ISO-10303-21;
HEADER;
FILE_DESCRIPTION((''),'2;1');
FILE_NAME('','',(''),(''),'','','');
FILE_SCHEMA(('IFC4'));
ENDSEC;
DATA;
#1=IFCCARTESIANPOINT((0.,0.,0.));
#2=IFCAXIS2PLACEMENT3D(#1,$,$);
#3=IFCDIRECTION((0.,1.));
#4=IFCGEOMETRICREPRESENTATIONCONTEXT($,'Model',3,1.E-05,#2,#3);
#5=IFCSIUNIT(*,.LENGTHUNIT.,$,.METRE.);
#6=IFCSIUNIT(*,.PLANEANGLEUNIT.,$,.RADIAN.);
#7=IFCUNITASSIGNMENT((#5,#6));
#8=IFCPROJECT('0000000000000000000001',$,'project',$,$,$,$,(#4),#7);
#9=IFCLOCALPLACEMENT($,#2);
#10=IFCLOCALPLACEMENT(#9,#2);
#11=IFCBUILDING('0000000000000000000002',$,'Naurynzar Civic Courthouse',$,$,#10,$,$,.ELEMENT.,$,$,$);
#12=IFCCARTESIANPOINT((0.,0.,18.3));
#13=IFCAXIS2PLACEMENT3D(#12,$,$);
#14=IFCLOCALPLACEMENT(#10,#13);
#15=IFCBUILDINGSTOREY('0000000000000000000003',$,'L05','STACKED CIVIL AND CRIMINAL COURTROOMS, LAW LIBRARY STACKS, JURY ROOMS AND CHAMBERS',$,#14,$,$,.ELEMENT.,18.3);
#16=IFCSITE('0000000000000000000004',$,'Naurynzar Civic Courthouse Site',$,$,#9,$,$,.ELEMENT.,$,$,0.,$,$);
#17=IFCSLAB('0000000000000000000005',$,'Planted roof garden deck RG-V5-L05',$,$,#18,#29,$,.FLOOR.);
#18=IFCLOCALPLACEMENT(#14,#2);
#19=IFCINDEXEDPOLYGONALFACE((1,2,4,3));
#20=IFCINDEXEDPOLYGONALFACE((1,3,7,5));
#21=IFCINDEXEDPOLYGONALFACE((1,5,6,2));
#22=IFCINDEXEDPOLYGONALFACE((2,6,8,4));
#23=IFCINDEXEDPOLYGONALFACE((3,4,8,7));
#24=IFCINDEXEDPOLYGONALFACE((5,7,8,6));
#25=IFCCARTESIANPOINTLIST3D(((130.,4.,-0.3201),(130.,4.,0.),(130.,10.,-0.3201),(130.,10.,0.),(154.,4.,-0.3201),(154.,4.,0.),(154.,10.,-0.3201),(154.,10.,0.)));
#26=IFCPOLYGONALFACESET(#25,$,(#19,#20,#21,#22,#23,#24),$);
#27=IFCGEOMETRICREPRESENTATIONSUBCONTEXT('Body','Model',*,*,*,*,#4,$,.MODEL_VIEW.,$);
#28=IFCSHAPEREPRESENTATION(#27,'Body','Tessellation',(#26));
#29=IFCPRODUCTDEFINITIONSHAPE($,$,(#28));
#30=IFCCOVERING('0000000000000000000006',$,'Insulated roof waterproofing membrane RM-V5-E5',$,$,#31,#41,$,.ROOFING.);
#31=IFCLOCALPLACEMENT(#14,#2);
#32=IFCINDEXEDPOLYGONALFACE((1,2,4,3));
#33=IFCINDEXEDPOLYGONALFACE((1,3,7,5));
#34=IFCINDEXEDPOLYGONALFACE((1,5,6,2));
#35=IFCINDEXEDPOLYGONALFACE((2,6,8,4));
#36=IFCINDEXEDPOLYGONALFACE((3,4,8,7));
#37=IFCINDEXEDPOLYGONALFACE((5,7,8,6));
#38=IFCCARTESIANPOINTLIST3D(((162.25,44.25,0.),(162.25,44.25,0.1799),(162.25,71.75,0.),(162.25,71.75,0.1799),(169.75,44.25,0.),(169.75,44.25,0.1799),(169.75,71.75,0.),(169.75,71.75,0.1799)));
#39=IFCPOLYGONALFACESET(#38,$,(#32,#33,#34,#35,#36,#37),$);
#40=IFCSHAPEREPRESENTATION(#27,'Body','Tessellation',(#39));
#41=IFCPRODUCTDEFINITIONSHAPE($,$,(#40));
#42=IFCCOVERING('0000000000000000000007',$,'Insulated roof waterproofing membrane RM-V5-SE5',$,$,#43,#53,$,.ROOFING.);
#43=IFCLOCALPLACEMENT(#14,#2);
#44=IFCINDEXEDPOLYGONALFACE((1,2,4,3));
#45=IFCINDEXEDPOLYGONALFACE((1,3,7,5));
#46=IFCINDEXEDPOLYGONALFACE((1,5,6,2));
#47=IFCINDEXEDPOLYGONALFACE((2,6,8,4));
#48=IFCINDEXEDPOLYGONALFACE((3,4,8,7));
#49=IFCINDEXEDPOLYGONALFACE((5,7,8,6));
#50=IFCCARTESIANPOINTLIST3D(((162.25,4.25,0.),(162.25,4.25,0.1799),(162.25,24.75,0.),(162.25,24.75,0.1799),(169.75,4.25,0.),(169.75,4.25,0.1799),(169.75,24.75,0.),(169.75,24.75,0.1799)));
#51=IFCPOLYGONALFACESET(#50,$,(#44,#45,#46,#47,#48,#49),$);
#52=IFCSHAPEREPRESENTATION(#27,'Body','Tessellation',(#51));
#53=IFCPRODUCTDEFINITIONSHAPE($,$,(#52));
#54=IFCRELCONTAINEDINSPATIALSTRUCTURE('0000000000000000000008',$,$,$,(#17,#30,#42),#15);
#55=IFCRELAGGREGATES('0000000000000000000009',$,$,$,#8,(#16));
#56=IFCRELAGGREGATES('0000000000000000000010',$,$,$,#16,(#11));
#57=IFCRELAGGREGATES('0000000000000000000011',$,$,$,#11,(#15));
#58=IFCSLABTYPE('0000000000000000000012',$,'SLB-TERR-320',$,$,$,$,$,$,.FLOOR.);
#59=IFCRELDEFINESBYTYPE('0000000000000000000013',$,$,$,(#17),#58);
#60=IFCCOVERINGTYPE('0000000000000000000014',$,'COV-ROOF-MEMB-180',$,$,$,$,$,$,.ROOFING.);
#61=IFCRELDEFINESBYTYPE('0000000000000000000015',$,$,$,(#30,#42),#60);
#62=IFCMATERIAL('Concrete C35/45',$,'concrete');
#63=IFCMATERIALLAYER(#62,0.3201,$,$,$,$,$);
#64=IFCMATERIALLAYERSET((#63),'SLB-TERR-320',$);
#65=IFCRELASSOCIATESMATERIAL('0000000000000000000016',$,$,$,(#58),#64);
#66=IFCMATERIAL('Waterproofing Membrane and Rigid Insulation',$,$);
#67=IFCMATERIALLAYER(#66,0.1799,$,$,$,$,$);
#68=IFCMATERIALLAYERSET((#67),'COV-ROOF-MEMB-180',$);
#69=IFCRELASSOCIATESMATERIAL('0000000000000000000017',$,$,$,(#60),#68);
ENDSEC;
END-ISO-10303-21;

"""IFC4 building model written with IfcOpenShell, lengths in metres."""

from ifc_helpers import new_model, si_unit, direction, frame, origin, place, context, subcontext, project, spatial, polyline, outline, extrude, material, layer, layer_set, type_object, element, save


model = new_model("IFC4")

# Units and contexts
model_context = context("Model", 3, precision=1e-05, world=origin(), true_north=direction((0.0, 1.0)))
body_context = subcontext(model_context, "Body", "Model", "MODEL_VIEW")
ifc_project = project(units=[si_unit("LENGTHUNIT", "METRE"), si_unit("PLANEANGLEUNIT", "RADIAN")], contexts=[model_context])

# Site, building, storey
site_placement = place(None, origin())
site = spatial("IfcSite", under=ifc_project, at=site_placement, Name="Naurynzar Civic Courthouse Site", CompositionType="ELEMENT", RefElevation=0.0)
building_placement = place(site_placement, origin())
building = spatial("IfcBuilding", under=site, at=building_placement, Name="Naurynzar Civic Courthouse", CompositionType="ELEMENT")
storey_placement = place(building_placement, frame((0.0, 0.0, 18.3)))
storey = spatial("IfcBuildingStorey", under=building, at=storey_placement, Name="L05", Description="STACKED CIVIL AND CRIMINAL COURTROOMS, LAW LIBRARY STACKS, JURY ROOMS AND CHAMBERS", CompositionType="ELEMENT", Elevation=18.3)

# Slab
ifc_material_1 = material(Name="Concrete C35/45", Category="concrete")
ifc_layer_1 = layer(ifc_material_1, 0.3201)
ifc_layer_set_1 = layer_set([ifc_layer_1], Name="SLB-TERR-320")
slab_type_1 = type_object("IfcSlabType", Name="SLB-TERR-320", PredefinedType="FLOOR", material=ifc_layer_set_1)
slab_1_placement = place(storey_placement, frame((0.0, 0.0, -0.3201)))
element("IfcSlab", 1, at=slab_1_placement, inside=storey, type_object=slab_type_1, Name="Planted roof garden deck RG-V5-L05", PredefinedType="FLOOR", context=body_context, shape_type="SweptSolid", body=[
    extrude(outline(polyline([(130.0, 4.0), (154.0, 4.0), (154.0, 10.0), (130.0, 10.0), (130.0, 4.0)])), origin(), (0.0, 0.0, 1.0), 0.3201),
])

# Coverings
ifc_material_2 = material(Name="Waterproofing Membrane and Rigid Insulation")
ifc_layer_2 = layer(ifc_material_2, 0.1799)
ifc_layer_set_2 = layer_set([ifc_layer_2], Name="COV-ROOF-MEMB-180")
covering_type = type_object("IfcCoveringType", Name="COV-ROOF-MEMB-180", PredefinedType="ROOFING", material=ifc_layer_set_2)
covering_1_placement = place(storey_placement, origin())
element("IfcCovering", 2, at=covering_1_placement, inside=storey, type_object=covering_type, Name="Insulated roof waterproofing membrane RM-V5-E5", PredefinedType="ROOFING", context=body_context, shape_type="SweptSolid", body=[
    extrude(outline(polyline([(162.25, 44.25), (169.75, 44.25), (169.75, 71.75), (162.25, 71.75), (162.25, 44.25)])), origin(), (0.0, 0.0, 1.0), 0.1799),
])
covering_2_placement = place(storey_placement, origin())
element("IfcCovering", 3, at=covering_2_placement, inside=storey, type_object=covering_type, Name="Insulated roof waterproofing membrane RM-V5-SE5", PredefinedType="ROOFING", context=body_context, shape_type="SweptSolid", body=[
    extrude(outline(polyline([(162.25, 4.25), (169.75, 4.25), (169.75, 24.75), (162.25, 24.75), (162.25, 4.25)])), origin(), (0.0, 0.0, 1.0), 0.1799),
])

save(model, "model.ifc")
